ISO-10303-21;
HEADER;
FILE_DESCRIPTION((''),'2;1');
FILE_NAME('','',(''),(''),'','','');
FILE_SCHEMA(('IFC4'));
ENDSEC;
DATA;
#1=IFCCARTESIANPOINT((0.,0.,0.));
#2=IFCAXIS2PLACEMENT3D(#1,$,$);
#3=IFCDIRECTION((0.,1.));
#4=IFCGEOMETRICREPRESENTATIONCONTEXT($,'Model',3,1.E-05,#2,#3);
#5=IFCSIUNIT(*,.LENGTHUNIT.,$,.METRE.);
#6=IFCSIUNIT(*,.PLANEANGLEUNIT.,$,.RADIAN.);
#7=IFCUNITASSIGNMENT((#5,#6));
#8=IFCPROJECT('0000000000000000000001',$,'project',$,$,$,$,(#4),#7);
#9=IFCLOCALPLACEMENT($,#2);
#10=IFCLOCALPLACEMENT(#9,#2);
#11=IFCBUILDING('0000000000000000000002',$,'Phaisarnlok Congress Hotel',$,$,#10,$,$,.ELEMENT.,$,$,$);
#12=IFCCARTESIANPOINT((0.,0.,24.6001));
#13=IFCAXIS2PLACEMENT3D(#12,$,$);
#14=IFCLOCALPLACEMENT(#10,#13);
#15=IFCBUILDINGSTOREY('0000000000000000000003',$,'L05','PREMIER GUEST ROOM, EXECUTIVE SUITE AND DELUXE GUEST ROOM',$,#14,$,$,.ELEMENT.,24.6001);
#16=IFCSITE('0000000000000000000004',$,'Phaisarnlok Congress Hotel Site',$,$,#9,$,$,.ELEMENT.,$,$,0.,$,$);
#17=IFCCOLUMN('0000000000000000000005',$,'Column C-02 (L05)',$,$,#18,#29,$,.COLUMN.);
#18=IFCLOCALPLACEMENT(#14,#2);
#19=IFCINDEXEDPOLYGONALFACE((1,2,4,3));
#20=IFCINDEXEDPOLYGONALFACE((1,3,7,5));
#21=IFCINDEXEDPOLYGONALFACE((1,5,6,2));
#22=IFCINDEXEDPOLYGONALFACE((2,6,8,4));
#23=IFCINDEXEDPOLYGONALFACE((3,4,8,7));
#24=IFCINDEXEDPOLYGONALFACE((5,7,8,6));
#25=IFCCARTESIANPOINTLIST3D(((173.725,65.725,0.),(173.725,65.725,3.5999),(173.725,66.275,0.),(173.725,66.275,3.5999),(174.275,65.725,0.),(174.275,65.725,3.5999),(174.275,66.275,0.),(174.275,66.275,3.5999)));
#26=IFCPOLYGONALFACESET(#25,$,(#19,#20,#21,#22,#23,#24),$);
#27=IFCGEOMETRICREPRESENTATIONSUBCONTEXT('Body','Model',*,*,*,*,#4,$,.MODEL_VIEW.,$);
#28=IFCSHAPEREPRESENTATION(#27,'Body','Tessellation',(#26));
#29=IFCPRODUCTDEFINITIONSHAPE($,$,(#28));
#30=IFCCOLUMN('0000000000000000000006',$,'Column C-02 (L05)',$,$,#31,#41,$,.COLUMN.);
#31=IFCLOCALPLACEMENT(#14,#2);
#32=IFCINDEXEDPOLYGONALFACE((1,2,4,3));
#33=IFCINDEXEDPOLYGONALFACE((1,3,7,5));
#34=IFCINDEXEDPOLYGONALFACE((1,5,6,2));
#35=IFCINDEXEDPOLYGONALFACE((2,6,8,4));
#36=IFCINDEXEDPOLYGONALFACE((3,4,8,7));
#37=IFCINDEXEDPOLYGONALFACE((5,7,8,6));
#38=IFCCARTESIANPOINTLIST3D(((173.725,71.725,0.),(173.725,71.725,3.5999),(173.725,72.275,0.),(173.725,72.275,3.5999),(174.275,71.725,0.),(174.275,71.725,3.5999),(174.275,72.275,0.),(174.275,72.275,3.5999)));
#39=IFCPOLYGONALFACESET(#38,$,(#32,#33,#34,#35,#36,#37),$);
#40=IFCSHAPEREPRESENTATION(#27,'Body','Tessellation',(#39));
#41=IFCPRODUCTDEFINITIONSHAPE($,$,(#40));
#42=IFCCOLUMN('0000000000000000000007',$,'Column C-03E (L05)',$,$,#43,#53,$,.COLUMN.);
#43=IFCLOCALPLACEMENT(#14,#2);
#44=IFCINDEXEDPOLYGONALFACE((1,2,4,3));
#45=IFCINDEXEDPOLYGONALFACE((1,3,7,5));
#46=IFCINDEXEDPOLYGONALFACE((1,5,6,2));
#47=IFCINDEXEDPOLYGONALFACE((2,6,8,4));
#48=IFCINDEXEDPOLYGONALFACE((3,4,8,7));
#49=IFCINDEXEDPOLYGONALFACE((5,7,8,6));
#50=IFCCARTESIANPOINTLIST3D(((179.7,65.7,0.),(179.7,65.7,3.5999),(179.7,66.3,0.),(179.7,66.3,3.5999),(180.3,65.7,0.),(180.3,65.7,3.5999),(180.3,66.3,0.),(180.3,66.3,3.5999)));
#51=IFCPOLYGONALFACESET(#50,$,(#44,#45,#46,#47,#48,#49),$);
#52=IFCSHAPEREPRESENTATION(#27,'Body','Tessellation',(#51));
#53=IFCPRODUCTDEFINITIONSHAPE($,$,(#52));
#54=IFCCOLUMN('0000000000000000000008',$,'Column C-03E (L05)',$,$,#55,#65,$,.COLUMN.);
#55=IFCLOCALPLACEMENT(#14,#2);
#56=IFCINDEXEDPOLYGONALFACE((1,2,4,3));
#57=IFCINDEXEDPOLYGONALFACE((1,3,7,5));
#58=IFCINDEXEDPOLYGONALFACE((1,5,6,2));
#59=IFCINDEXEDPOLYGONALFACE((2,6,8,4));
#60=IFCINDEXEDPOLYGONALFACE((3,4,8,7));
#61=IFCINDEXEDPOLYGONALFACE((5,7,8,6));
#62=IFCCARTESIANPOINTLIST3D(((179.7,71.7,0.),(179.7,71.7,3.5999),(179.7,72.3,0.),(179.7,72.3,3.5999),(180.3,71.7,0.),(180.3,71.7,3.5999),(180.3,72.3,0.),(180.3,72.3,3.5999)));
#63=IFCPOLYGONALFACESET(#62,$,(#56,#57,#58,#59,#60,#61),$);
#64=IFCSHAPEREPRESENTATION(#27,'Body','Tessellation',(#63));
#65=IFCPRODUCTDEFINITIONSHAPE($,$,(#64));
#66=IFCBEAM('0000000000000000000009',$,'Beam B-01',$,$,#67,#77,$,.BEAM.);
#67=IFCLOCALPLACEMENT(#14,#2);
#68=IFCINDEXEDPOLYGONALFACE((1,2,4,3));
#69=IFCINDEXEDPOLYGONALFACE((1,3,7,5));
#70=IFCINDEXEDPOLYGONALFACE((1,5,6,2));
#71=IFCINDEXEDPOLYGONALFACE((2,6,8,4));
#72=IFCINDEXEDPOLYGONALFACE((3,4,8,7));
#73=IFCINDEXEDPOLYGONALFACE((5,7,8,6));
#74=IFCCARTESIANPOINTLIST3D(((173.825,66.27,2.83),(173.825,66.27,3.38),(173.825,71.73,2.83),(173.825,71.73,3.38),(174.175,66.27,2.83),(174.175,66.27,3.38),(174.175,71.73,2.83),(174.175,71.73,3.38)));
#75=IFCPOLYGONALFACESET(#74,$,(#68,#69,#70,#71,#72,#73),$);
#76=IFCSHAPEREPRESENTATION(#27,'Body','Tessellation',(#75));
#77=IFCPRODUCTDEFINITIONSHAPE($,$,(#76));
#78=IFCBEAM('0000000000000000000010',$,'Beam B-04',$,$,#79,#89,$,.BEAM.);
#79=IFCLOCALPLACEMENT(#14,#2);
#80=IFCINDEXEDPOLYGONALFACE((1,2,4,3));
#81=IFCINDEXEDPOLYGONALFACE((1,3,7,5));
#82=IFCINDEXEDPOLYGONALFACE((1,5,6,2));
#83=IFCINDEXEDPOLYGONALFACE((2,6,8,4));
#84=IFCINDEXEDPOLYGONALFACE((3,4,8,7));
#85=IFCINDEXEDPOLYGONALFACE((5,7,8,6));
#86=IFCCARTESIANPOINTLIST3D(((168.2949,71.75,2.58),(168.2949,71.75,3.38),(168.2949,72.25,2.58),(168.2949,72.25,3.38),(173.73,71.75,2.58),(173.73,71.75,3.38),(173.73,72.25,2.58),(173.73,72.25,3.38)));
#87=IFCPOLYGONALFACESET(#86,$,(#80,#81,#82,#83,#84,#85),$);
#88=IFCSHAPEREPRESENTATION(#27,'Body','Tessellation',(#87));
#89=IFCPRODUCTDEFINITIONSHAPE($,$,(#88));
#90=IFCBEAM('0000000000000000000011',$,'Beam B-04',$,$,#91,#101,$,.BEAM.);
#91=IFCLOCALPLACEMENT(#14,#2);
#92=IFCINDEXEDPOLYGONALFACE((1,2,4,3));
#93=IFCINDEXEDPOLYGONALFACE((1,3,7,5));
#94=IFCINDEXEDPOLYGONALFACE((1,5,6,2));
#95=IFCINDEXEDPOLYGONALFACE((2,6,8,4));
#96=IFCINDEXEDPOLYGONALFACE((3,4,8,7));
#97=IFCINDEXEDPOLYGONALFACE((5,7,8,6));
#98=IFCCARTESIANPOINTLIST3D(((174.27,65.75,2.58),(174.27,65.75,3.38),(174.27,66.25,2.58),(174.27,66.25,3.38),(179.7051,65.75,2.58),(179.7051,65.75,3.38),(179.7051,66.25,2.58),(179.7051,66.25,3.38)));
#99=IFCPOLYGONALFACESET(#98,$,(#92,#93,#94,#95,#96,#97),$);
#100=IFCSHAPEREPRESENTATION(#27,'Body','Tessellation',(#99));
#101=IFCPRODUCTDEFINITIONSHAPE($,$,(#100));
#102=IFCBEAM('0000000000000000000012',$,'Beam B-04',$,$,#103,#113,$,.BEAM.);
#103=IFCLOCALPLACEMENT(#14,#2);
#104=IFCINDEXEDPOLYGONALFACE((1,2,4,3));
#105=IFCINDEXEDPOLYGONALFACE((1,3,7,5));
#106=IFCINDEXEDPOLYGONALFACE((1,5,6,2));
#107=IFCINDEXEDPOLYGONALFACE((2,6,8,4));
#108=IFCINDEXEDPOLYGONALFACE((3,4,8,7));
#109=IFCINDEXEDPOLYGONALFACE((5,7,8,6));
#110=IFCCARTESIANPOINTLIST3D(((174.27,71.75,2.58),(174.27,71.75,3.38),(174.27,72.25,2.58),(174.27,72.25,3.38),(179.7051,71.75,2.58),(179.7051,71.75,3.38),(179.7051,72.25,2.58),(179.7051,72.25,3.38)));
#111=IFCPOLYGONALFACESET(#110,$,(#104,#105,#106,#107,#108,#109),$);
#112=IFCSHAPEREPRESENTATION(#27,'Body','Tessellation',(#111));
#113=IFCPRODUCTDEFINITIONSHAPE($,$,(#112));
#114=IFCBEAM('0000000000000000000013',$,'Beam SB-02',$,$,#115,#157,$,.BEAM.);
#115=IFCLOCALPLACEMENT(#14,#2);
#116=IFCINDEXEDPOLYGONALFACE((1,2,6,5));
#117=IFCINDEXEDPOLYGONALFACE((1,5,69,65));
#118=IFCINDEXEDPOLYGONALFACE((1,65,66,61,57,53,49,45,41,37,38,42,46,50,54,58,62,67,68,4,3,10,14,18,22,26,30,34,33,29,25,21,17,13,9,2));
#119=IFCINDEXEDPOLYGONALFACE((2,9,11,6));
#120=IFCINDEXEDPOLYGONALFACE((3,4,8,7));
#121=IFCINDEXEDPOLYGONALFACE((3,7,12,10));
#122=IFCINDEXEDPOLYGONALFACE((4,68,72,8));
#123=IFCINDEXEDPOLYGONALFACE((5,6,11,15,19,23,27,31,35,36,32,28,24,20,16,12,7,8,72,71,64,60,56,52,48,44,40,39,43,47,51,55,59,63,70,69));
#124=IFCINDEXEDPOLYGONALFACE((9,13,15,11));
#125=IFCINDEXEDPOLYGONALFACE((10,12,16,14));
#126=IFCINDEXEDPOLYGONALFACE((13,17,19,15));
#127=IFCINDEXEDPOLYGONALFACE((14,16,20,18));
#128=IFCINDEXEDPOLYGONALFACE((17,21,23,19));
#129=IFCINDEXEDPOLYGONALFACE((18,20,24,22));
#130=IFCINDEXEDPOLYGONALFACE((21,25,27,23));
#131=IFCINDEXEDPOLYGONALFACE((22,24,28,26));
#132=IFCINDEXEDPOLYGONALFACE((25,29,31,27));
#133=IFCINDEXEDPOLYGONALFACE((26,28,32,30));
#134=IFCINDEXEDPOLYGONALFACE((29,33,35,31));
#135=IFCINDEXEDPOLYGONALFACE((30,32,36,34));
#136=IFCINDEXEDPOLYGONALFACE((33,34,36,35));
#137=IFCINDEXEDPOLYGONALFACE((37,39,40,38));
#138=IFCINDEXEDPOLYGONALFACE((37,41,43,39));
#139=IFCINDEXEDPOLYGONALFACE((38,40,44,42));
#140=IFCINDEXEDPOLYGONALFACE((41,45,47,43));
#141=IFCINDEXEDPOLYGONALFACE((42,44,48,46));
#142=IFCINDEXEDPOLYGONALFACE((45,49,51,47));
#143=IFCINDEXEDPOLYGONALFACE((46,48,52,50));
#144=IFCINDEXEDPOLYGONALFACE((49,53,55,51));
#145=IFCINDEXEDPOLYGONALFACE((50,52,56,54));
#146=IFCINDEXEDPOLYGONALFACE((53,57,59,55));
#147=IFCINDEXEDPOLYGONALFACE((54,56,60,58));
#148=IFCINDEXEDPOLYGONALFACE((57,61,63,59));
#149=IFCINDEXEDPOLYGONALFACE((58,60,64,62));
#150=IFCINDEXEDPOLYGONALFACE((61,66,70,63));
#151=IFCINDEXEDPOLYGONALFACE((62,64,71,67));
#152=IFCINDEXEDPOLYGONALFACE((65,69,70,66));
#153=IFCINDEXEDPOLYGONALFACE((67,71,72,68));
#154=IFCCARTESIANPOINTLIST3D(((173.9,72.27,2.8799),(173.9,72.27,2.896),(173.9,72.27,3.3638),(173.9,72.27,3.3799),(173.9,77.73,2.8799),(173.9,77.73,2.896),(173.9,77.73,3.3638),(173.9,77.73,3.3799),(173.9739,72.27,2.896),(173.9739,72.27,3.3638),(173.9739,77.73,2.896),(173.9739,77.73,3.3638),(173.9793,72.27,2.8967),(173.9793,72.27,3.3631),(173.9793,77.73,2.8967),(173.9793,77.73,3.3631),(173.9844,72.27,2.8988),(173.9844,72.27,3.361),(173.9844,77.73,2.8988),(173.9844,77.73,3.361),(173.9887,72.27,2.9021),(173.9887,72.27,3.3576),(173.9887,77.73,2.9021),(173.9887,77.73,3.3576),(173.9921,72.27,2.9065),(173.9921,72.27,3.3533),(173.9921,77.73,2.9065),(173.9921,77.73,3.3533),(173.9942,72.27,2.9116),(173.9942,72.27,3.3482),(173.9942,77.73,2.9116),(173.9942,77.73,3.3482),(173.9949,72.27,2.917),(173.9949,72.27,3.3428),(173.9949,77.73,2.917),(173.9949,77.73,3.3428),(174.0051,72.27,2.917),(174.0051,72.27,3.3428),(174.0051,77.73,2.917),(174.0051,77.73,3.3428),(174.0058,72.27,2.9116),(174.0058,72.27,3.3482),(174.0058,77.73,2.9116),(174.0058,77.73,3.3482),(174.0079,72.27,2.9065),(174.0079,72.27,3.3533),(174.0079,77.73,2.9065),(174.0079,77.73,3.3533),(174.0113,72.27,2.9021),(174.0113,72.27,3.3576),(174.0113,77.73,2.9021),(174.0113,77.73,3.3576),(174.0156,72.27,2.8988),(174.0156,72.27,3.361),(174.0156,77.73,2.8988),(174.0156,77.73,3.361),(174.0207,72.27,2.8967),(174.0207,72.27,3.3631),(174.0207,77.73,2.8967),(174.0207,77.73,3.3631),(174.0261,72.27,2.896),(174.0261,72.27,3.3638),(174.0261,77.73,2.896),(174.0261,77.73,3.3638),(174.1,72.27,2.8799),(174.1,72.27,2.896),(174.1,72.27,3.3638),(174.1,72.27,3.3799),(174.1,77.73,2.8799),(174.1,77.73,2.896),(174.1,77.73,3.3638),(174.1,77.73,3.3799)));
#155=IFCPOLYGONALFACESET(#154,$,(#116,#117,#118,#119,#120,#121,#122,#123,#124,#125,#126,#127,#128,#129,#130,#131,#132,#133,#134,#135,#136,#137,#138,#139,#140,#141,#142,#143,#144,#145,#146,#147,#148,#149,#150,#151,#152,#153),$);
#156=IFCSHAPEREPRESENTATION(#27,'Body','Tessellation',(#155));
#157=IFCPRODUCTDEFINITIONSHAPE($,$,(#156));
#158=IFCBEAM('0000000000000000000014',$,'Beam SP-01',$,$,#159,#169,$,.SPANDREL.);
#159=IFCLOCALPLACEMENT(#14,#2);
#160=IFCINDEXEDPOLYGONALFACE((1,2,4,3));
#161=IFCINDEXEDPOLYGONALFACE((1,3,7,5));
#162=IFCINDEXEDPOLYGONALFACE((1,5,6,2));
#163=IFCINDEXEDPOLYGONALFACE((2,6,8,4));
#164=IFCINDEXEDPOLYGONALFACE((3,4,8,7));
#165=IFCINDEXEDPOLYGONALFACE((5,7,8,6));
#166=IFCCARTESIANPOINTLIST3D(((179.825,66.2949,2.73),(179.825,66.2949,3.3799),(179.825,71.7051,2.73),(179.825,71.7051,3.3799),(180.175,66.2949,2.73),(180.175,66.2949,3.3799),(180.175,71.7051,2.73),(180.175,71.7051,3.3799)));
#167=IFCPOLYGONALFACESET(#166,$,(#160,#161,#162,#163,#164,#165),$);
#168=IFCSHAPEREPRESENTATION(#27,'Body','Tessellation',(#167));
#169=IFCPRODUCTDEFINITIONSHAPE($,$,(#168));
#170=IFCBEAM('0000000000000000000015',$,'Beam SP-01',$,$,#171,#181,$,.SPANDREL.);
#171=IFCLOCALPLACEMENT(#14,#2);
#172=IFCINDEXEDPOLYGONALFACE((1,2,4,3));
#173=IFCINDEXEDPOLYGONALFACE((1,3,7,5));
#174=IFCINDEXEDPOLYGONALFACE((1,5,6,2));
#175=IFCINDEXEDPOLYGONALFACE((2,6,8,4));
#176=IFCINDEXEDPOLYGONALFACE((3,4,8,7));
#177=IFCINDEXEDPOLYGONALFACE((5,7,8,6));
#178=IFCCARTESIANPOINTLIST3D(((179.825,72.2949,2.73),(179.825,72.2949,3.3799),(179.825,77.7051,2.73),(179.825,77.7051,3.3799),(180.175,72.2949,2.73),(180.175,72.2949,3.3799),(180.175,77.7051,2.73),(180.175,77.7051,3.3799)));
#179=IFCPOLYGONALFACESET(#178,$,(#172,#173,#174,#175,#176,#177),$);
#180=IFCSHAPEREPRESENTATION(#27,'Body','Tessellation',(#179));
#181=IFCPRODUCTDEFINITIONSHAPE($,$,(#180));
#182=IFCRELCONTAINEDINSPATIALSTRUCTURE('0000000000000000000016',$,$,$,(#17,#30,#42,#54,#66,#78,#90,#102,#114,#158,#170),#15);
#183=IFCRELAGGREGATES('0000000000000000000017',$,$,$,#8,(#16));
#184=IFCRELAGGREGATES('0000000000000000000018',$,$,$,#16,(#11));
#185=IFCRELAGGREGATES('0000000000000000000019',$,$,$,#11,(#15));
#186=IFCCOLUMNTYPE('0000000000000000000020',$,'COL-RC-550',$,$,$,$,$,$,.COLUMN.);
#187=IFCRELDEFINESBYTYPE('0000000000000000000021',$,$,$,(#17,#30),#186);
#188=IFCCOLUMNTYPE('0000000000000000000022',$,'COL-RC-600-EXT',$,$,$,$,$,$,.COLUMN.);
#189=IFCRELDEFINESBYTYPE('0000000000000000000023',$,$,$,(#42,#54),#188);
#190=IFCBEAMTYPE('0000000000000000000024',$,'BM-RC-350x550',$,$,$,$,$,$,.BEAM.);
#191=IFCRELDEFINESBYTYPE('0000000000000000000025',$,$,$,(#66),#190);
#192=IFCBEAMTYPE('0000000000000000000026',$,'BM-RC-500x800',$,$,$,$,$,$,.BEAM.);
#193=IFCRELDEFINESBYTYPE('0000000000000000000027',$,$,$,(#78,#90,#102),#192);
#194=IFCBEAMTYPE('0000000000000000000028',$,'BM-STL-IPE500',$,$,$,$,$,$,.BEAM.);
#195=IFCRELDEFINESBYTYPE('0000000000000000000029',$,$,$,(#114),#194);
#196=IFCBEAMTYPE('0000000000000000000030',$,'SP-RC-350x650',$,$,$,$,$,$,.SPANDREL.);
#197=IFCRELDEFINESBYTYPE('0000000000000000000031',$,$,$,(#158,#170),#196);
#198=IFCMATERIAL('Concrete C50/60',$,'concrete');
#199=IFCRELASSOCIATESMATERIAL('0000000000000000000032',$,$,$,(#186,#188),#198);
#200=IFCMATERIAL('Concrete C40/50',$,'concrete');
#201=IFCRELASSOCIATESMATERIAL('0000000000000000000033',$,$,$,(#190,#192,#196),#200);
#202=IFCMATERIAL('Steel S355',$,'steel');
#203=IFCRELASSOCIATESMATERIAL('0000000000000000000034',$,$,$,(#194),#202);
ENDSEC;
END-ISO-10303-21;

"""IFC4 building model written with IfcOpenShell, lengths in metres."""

from ifc_helpers import new_model, si_unit, direction, frame, origin, origin_2d, place, context, subcontext, project, spatial, rectangle, i_section, extrude, material, material_profile, profile_set, type_object, element, save


model = new_model("IFC4")

# Units and contexts
model_context = context("Model", 3, precision=1e-05, world=origin(), true_north=direction((0.0, 1.0)))
body_context = subcontext(model_context, "Body", "Model", "MODEL_VIEW")
ifc_project = project(units=[si_unit("LENGTHUNIT", "METRE"), si_unit("PLANEANGLEUNIT", "RADIAN")], contexts=[model_context])

# Site, building, storey
site_placement = place(None, origin())
site = spatial("IfcSite", under=ifc_project, at=site_placement, Name="Phaisarnlok Congress Hotel Site", CompositionType="ELEMENT", RefElevation=0.0)
building_placement = place(site_placement, origin())
building = spatial("IfcBuilding", under=site, at=building_placement, Name="Phaisarnlok Congress Hotel", CompositionType="ELEMENT")
storey_placement = place(building_placement, frame((0.0, 0.0, 24.6001)))
storey = spatial("IfcBuildingStorey", under=building, at=storey_placement, Name="L05", Description="PREMIER GUEST ROOM, EXECUTIVE SUITE AND DELUXE GUEST ROOM", CompositionType="ELEMENT", Elevation=24.6001)

# Columns
ifc_material_1 = material(Name="Concrete C50/60", Category="concrete")
ifc_material_profile_1 = material_profile(ifc_material_1, rectangle(XDim=0.55, YDim=0.55, at=origin_2d()), Name="RC 550x550")
ifc_profile_set_1 = profile_set([ifc_material_profile_1], Name="Concrete C50/60")
column_type_1 = type_object("IfcColumnType", Name="COL-RC-550", PredefinedType="COLUMN", material=ifc_profile_set_1)
for number, where, z_axis, x_axis, name in (
    (1, (174.0, 66.0, 0.0), (0.0, 0.0, 1.0), (1.0, 0.0, 0.0), "Column C-02 (L05)"),
    (2, (174.0, 72.0, 0.0), (0.0, 0.0, 1.0), (1.0, 0.0, 0.0), "Column C-02 (L05)"),
):
    element("IfcColumn", number, at=place(storey_placement, frame(where, z_axis=z_axis, x_axis=x_axis)), inside=storey, type_object=column_type_1, Name=name, PredefinedType="COLUMN", context=body_context, shape_type="SweptSolid", body=[
        extrude(rectangle(XDim=0.55, YDim=0.55, at=origin_2d()), origin(), (0.0, 0.0, 1.0), 3.5999),
    ])
ifc_material_profile_2 = material_profile(ifc_material_1, rectangle(XDim=0.6001, YDim=0.6001, at=origin_2d()), Name="RC 600x600")
ifc_profile_set_2 = profile_set([ifc_material_profile_2], Name="Concrete C50/60")
column_type_2 = type_object("IfcColumnType", Name="COL-RC-600-EXT", PredefinedType="COLUMN", material=ifc_profile_set_2)
for number, where, z_axis, x_axis, name in (
    (3, (180.0, 66.0, 0.0), (0.0, 0.0, 1.0), (1.0, 0.0, 0.0), "Column C-03E (L05)"),
    (4, (180.0, 72.0, 0.0), (0.0, 0.0, 1.0), (1.0, 0.0, 0.0), "Column C-03E (L05)"),
):
    element("IfcColumn", number, at=place(storey_placement, frame(where, z_axis=z_axis, x_axis=x_axis)), inside=storey, type_object=column_type_2, Name=name, PredefinedType="COLUMN", context=body_context, shape_type="SweptSolid", body=[
        extrude(rectangle(XDim=0.6001, YDim=0.6001, at=origin_2d()), origin(), (0.0, 0.0, 1.0), 3.5999),
    ])

# Beams
ifc_material_2 = material(Name="Concrete C40/50", Category="concrete")
ifc_material_profile_3 = material_profile(ifc_material_2, rectangle(XDim=0.3501, YDim=0.55, at=origin_2d()), Name="RC 350x550")
ifc_profile_set_3 = profile_set([ifc_material_profile_3], Name="Concrete C40/50")
beam_type_1 = type_object("IfcBeamType", Name="BM-RC-350x550", PredefinedType="BEAM", material=ifc_profile_set_3)
beam_1_placement = place(storey_placement, frame((174.0, 66.27, 3.105), z_axis=(0.0, 1.0, 0.0), x_axis=(-1.0, 0.0, 0.0)))
element("IfcBeam", 5, at=beam_1_placement, inside=storey, type_object=beam_type_1, Name="Beam B-01", PredefinedType="BEAM", context=body_context, shape_type="SweptSolid", body=[
    extrude(rectangle(XDim=0.3501, YDim=0.55, at=origin_2d()), origin(), (0.0, 0.0, 1.0), 5.46),
])
ifc_material_profile_4 = material_profile(ifc_material_2, rectangle(XDim=0.5, YDim=0.8, at=origin_2d()), Name="RC 500x800")
ifc_profile_set_4 = profile_set([ifc_material_profile_4], Name="Concrete C40/50")
beam_type_2 = type_object("IfcBeamType", Name="BM-RC-500x800", PredefinedType="BEAM", material=ifc_profile_set_4)
for number, where, z_axis, x_axis, name in (
    (6, (168.2949, 72.0, 2.98), (1.0, 0.0, 0.0), (0.0, 1.0, 0.0), "Beam B-04"),
    (7, (174.27, 66.0, 2.98), (1.0, 0.0, 0.0), (0.0, 1.0, 0.0), "Beam B-04"),
    (8, (174.27, 72.0, 2.98), (1.0, 0.0, 0.0), (0.0, 1.0, 0.0), "Beam B-04"),
):
    element("IfcBeam", number, at=place(storey_placement, frame(where, z_axis=z_axis, x_axis=x_axis)), inside=storey, type_object=beam_type_2, Name=name, PredefinedType="BEAM", context=body_context, shape_type="SweptSolid", body=[
        extrude(rectangle(XDim=0.5, YDim=0.8, at=origin_2d()), origin(), (0.0, 0.0, 1.0), 5.4351),
    ])
ifc_material_3 = material(Name="Steel S355", Category="steel")
ifc_material_profile_5 = material_profile(ifc_material_3, i_section(OverallWidth=0.2, OverallDepth=0.5, WebThickness=0.0103, FlangeThickness=0.0161, FilletRadius=0.021, at=origin_2d()), Name="IPE 500")
ifc_profile_set_5 = profile_set([ifc_material_profile_5], Name="Steel S355")
beam_type_3 = type_object("IfcBeamType", Name="BM-STL-IPE500", PredefinedType="BEAM", material=ifc_profile_set_5)
beam_2_placement = place(storey_placement, frame((174.0, 72.27, 3.1299), z_axis=(0.0, 1.0, 0.0), x_axis=(-1.0, 0.0, 0.0)))
element("IfcBeam", 9, at=beam_2_placement, inside=storey, type_object=beam_type_3, Name="Beam SB-02", PredefinedType="BEAM", context=body_context, shape_type="SweptSolid", body=[
    extrude(i_section(OverallWidth=0.2, OverallDepth=0.5, WebThickness=0.0103, FlangeThickness=0.0161, FilletRadius=0.021, at=origin_2d()), origin(), (0.0, 0.0, 1.0), 5.46),
])
ifc_material_profile_6 = material_profile(ifc_material_2, rectangle(XDim=0.3501, YDim=0.6499, at=origin_2d()), Name="RC 350x650")
ifc_profile_set_6 = profile_set([ifc_material_profile_6], Name="Concrete C40/50")
beam_type_4 = type_object("IfcBeamType", Name="SP-RC-350x650", PredefinedType="SPANDREL", material=ifc_profile_set_6)
for number, where, z_axis, x_axis, name in (
    (10, (180.0, 66.2949, 3.0549), (0.0, 1.0, 0.0), (-1.0, 0.0, 0.0), "Beam SP-01"),
    (11, (180.0, 72.2949, 3.0549), (0.0, 1.0, 0.0), (-1.0, 0.0, 0.0), "Beam SP-01"),
):
    element("IfcBeam", number, at=place(storey_placement, frame(where, z_axis=z_axis, x_axis=x_axis)), inside=storey, type_object=beam_type_4, Name=name, PredefinedType="SPANDREL", context=body_context, shape_type="SweptSolid", body=[
        extrude(rectangle(XDim=0.3501, YDim=0.6499, at=origin_2d()), origin(), (0.0, 0.0, 1.0), 5.4102),
    ])

save(model, "model.ifc")
